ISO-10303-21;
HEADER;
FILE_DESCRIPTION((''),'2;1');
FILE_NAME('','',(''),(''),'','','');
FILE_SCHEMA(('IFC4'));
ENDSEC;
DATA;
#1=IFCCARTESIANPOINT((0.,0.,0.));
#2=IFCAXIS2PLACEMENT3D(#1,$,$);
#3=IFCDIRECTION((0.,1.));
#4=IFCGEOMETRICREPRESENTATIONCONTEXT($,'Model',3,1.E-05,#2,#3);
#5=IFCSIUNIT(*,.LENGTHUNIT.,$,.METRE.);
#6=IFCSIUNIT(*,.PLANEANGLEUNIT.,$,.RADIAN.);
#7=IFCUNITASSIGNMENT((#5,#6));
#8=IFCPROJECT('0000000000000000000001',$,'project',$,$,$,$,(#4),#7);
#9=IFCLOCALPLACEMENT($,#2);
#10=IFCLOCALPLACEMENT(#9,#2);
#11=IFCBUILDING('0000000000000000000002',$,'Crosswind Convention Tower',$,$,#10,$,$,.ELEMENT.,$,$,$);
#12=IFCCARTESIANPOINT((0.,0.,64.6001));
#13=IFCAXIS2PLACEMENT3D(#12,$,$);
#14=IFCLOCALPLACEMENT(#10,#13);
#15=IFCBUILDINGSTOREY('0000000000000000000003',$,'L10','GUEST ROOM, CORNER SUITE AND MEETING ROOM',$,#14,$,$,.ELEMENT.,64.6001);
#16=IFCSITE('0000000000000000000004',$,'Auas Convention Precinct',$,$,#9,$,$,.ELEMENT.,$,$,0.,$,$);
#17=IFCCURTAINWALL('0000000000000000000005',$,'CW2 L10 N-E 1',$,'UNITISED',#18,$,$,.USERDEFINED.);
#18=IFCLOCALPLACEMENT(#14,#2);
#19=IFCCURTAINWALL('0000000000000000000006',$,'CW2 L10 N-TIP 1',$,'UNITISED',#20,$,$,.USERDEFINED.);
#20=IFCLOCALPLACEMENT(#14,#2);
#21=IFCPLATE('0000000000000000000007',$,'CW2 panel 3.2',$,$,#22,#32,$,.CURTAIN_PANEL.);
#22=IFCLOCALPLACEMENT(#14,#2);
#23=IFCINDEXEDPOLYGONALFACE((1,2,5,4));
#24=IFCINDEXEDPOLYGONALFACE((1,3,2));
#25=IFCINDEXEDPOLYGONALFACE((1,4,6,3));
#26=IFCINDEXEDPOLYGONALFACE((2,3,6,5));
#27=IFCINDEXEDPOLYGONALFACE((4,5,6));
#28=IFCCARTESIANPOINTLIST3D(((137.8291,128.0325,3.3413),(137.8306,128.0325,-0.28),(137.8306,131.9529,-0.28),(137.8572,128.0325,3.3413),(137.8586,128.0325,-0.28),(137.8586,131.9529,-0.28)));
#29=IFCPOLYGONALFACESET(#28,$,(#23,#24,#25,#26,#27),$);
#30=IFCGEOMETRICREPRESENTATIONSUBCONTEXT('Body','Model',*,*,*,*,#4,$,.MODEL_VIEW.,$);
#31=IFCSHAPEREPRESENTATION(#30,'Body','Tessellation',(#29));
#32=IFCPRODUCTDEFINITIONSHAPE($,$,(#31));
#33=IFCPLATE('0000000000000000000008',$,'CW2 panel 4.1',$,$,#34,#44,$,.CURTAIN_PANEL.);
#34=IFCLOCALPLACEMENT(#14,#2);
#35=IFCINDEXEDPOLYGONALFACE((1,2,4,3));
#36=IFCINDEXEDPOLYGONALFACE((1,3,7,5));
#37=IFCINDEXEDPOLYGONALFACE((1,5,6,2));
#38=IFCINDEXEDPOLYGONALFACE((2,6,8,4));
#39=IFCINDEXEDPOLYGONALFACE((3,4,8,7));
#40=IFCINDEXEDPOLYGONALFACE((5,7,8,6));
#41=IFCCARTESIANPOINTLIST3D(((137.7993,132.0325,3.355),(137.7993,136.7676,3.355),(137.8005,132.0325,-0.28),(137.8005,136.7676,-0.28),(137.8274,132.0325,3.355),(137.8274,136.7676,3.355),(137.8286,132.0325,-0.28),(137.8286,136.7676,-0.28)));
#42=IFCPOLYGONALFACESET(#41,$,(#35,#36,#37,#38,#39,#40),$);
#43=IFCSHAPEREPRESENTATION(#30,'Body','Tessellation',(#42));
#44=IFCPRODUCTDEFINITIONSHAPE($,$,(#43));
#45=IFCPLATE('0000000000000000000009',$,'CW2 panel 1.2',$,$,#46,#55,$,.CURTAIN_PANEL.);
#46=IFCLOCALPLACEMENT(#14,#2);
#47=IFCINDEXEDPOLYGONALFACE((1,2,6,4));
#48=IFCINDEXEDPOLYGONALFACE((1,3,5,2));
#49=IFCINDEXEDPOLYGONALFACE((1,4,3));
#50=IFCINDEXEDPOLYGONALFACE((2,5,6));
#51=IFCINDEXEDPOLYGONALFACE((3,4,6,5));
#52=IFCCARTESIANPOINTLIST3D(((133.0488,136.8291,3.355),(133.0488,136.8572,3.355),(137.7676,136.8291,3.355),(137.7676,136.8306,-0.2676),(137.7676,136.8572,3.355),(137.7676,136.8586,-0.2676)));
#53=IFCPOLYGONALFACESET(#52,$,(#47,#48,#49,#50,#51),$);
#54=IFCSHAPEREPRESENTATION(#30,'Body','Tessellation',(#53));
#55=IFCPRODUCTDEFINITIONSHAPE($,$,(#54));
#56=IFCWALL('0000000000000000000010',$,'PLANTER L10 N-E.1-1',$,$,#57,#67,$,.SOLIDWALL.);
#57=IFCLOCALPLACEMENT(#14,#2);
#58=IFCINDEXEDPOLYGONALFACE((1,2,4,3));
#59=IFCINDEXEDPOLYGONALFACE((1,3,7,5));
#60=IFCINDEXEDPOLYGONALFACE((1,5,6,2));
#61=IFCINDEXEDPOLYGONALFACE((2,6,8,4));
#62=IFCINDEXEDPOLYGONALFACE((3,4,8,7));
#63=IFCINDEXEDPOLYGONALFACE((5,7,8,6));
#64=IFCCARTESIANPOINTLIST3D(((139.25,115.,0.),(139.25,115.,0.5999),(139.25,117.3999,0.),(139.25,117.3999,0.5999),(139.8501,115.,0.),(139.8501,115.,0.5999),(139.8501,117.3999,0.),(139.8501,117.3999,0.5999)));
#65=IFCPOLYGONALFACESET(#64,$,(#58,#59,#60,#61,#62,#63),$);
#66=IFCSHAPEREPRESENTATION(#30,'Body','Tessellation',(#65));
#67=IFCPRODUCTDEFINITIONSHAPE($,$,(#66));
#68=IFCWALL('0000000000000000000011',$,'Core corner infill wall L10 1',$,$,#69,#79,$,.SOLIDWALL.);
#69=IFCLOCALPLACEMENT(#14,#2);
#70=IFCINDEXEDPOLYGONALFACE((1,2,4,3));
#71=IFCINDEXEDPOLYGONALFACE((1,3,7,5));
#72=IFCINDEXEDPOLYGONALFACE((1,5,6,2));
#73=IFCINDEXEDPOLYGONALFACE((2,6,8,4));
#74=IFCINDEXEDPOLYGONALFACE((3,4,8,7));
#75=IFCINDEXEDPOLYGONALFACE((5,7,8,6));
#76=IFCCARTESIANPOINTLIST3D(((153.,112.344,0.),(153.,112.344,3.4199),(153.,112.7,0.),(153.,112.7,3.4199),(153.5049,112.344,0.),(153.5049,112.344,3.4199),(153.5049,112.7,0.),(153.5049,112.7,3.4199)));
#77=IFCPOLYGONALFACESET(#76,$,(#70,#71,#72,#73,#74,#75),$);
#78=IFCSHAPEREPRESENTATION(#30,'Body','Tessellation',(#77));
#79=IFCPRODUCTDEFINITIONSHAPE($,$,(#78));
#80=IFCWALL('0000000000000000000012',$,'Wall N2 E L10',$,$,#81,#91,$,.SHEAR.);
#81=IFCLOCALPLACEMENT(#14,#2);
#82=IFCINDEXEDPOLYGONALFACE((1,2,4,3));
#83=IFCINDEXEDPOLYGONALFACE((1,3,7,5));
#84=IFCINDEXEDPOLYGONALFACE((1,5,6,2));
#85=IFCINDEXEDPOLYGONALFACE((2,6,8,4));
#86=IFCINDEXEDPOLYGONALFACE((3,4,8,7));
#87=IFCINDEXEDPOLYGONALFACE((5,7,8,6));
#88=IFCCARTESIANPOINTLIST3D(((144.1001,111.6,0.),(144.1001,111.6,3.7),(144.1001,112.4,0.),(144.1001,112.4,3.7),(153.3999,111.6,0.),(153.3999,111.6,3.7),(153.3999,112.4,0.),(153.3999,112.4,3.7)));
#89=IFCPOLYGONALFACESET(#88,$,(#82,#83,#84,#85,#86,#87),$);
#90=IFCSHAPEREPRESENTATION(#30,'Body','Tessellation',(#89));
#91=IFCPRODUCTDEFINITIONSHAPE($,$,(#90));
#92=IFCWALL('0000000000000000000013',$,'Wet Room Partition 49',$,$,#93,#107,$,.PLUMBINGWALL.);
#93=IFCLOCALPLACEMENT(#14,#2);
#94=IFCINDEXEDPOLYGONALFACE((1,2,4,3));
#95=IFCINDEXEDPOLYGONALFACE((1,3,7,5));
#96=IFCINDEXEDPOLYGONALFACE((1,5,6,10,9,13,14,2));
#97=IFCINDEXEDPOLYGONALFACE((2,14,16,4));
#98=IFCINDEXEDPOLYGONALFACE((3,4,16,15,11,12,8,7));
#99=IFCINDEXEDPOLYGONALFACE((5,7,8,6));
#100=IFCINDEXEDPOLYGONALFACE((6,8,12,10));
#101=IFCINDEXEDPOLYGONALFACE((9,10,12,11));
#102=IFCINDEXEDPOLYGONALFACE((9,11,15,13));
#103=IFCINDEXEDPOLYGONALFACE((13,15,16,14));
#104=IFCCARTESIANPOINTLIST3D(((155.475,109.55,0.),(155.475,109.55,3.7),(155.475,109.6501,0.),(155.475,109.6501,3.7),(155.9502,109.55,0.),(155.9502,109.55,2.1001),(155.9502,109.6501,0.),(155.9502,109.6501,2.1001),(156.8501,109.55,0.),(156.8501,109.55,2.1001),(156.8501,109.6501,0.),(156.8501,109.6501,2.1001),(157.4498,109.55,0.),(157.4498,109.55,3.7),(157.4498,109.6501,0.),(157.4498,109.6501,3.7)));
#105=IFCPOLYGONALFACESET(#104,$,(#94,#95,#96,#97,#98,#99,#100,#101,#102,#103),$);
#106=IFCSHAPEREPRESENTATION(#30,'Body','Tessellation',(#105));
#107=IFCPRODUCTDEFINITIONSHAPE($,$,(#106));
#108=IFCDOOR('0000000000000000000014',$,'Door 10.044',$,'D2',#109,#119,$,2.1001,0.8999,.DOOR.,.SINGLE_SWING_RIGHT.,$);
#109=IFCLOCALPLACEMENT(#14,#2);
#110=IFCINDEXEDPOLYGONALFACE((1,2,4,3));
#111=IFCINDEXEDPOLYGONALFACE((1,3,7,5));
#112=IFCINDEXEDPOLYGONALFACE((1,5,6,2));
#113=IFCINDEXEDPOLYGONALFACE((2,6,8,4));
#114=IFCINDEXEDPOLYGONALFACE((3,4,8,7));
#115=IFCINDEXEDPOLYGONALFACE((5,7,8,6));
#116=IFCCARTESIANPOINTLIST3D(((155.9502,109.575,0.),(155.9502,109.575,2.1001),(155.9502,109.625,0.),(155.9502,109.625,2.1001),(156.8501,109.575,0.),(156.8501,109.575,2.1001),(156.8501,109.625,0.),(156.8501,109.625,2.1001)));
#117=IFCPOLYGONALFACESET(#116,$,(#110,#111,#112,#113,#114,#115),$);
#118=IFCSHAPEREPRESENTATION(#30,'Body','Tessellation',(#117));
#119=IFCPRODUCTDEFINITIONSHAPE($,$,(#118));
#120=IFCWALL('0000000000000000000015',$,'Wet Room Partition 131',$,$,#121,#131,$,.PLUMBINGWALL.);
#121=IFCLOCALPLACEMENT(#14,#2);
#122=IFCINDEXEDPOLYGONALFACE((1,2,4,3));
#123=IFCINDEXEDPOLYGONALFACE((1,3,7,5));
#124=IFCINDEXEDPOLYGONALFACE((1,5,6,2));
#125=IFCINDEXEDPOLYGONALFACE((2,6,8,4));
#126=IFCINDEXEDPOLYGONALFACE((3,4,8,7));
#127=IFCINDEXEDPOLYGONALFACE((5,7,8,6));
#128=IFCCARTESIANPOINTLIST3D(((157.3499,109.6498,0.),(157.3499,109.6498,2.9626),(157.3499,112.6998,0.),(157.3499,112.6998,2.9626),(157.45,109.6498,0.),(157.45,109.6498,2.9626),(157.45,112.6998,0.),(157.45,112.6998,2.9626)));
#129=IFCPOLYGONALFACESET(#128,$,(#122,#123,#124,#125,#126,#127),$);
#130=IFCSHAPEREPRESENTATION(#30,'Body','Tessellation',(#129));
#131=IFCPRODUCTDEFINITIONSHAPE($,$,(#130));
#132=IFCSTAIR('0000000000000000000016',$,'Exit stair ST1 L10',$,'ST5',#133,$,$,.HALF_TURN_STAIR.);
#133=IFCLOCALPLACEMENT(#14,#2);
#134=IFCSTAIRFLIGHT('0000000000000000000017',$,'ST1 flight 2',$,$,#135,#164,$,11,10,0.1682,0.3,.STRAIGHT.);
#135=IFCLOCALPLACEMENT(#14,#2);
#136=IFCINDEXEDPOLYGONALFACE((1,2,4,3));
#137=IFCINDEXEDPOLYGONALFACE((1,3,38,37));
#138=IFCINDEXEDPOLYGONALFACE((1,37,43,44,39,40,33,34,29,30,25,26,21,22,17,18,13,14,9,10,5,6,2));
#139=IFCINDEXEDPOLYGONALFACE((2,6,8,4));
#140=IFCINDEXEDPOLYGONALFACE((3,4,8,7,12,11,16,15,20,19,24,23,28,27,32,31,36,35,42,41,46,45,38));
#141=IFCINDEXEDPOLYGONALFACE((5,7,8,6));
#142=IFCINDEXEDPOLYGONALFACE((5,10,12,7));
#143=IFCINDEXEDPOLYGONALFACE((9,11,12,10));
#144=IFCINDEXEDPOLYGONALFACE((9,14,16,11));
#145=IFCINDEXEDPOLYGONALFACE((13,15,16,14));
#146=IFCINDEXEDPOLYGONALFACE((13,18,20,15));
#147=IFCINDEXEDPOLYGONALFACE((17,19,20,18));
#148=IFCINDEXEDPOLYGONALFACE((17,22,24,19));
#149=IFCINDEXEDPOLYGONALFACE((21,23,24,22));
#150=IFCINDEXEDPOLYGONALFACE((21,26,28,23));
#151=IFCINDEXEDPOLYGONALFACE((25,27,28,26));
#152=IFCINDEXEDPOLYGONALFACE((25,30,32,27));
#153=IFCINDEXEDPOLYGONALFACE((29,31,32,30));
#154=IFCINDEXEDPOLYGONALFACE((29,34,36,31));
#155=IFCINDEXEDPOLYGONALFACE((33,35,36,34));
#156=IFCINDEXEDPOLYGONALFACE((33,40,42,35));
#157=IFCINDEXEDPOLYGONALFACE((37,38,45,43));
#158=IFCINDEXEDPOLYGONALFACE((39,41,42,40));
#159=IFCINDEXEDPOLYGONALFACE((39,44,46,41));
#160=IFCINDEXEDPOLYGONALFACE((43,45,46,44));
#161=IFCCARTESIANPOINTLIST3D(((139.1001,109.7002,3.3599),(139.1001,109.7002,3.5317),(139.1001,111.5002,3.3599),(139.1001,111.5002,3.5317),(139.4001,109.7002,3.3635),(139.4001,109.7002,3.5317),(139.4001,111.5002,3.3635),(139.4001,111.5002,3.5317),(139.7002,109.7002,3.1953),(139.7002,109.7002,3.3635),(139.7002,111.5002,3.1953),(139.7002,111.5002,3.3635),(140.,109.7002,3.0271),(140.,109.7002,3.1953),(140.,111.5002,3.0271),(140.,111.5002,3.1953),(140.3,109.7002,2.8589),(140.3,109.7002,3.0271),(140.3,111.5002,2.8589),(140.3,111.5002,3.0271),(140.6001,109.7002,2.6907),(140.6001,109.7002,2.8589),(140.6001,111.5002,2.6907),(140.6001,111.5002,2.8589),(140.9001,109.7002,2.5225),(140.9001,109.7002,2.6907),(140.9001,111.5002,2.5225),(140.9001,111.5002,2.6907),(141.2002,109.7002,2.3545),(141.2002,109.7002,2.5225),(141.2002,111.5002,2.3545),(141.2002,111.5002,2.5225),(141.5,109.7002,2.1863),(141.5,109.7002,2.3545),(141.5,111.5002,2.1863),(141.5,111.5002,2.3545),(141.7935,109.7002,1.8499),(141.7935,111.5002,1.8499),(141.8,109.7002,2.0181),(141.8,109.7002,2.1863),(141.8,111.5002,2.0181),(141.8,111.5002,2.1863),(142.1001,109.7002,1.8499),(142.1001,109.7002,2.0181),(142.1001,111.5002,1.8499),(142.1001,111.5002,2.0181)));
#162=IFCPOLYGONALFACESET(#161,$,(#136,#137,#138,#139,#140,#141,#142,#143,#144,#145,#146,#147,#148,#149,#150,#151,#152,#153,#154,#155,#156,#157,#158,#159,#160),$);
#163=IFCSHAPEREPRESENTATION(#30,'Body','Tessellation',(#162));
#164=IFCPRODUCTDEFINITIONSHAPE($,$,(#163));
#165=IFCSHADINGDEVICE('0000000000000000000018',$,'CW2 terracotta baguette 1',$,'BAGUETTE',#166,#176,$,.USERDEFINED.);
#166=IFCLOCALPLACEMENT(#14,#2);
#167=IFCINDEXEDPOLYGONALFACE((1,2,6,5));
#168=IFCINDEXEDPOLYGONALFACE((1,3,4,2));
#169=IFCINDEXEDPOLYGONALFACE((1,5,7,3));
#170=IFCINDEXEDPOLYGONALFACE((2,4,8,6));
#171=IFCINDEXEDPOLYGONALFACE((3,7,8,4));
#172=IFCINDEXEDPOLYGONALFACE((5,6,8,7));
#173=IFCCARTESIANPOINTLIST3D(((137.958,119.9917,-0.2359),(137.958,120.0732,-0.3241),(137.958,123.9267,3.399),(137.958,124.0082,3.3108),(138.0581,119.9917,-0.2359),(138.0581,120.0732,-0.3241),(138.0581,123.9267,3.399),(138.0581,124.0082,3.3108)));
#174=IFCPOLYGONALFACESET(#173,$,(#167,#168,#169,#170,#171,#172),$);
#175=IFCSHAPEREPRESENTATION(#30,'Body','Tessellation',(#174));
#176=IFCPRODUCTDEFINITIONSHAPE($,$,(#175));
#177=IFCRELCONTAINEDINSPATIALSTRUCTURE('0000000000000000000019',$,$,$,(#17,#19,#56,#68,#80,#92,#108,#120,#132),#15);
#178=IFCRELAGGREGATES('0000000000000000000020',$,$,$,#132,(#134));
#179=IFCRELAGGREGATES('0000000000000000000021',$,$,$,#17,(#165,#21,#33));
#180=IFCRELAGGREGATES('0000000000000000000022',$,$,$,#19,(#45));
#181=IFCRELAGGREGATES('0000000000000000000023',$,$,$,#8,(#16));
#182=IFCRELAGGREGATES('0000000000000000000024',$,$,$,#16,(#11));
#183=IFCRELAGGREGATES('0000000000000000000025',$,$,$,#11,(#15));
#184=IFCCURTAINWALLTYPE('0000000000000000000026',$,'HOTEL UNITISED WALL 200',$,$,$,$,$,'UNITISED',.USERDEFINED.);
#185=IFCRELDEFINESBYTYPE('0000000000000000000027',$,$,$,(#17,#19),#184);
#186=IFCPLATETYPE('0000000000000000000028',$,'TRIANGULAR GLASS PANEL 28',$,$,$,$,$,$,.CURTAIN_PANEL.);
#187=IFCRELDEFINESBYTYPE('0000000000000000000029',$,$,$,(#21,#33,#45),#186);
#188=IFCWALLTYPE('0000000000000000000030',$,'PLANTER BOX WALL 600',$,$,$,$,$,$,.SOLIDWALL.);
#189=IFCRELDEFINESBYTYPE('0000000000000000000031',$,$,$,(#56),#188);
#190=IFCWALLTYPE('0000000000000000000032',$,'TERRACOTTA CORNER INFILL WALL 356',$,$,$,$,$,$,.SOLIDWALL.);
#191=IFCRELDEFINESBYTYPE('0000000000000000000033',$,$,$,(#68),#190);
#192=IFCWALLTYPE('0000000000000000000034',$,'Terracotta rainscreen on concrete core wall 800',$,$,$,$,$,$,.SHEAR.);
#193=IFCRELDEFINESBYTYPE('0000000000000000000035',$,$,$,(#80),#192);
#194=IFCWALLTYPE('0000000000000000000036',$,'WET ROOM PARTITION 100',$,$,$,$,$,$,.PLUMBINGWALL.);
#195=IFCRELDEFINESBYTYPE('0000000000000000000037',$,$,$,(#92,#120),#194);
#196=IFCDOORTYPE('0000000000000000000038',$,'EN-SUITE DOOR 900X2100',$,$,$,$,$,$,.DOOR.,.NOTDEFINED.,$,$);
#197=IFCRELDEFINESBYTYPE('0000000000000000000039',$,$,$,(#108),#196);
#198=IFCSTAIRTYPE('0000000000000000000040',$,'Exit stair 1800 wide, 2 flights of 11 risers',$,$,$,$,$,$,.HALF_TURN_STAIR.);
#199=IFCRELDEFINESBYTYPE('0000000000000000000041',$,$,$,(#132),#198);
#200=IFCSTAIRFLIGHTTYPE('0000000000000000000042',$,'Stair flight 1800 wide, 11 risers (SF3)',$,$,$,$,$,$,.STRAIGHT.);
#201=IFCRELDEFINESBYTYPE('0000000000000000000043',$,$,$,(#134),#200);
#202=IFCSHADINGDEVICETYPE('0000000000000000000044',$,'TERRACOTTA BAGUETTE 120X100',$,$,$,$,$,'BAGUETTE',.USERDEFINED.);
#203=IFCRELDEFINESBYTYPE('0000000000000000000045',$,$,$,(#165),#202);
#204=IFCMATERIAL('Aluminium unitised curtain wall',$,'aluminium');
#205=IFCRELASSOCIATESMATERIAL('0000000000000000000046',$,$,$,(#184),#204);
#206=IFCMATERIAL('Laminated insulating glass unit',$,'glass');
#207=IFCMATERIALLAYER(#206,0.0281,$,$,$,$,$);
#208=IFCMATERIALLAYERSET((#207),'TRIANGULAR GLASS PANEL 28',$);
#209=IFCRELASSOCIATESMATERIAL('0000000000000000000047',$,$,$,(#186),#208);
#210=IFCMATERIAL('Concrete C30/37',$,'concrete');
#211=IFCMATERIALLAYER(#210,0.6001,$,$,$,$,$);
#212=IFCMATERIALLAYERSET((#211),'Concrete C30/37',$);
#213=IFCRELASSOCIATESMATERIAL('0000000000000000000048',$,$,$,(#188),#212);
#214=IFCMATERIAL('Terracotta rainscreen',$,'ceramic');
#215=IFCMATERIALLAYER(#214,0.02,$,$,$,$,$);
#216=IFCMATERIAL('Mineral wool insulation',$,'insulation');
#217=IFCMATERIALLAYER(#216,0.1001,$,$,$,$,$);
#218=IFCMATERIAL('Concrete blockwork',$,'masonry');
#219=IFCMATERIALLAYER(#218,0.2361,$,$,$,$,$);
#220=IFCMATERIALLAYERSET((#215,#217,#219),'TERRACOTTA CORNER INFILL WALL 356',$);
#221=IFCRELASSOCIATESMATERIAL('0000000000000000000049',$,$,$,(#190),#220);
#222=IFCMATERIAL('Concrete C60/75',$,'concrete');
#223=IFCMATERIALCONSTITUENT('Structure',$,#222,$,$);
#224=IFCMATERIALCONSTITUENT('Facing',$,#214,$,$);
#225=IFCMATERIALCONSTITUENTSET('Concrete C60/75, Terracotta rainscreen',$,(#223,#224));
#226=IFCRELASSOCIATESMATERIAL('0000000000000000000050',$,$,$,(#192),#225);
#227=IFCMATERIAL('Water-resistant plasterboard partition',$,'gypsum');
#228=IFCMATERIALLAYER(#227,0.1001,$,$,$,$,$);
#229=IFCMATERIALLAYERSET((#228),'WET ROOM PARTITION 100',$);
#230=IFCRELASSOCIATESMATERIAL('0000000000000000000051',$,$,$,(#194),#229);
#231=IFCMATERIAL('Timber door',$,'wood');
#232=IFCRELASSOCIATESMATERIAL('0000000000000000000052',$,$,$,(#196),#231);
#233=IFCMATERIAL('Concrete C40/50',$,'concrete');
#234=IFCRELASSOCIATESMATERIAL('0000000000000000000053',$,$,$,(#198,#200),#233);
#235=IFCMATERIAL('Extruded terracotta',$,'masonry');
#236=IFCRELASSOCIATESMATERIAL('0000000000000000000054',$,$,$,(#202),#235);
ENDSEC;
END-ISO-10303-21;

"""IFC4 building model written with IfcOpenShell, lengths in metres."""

from ifc_helpers import new_model, si_unit, direction, frame, frame_2d, origin, origin_2d, place, context, subcontext, project, spatial, polyline, rectangle, outline, extrude, material, layer, layer_set, constituent, constituent_set, material_profile, profile_set, type_object, element, fill, aggregate, save


model = new_model("IFC4")

# Units and contexts
model_context = context("Model", 3, precision=1e-05, world=origin(), true_north=direction((0.0, 1.0)))
body_context = subcontext(model_context, "Body", "Model", "MODEL_VIEW")
ifc_project = project(units=[si_unit("LENGTHUNIT", "METRE"), si_unit("PLANEANGLEUNIT", "RADIAN")], contexts=[model_context])

# Site, building, storey
site_placement = place(None, origin())
site = spatial("IfcSite", under=ifc_project, at=site_placement, Name="Auas Convention Precinct", CompositionType="ELEMENT", RefElevation=0.0)
building_placement = place(site_placement, origin())
building = spatial("IfcBuilding", under=site, at=building_placement, Name="Crosswind Convention Tower", CompositionType="ELEMENT")
storey_placement = place(building_placement, frame((0.0, 0.0, 64.6001)))
storey = spatial("IfcBuildingStorey", under=building, at=storey_placement, Name="L10", Description="GUEST ROOM, CORNER SUITE AND MEETING ROOM", CompositionType="ELEMENT", Elevation=64.6001)

# Shared definitions
ifc_material_1 = material(Name="Concrete C60/75", Category="concrete")

# Shared definitions
ifc_material_2 = material(Name="Aluminium unitised curtain wall", Category="aluminium")

# Shared definitions
curtain_wall_type_1 = type_object("IfcCurtainWallType", Name="HOTEL UNITISED WALL 200", ElementType="UNITISED", PredefinedType="USERDEFINED", material=ifc_material_2)

# Curtain wall
curtain_wall_1_placement = place(storey_placement, origin())
curtain_wall_1 = element("IfcCurtainWall", 1, at=curtain_wall_1_placement, inside=storey, type_object=curtain_wall_type_1, Name="CW2 L10 N-E 1", ObjectType="UNITISED", PredefinedType="USERDEFINED")

# Curtain wall
curtain_wall_2_placement = place(storey_placement, origin())
curtain_wall_2 = element("IfcCurtainWall", 2, at=curtain_wall_2_placement, inside=storey, type_object=curtain_wall_type_1, Name="CW2 L10 N-TIP 1", ObjectType="UNITISED", PredefinedType="USERDEFINED")

# Plates
ifc_material_3 = material(Name="Laminated insulating glass unit", Category="glass")
ifc_layer_1 = layer(ifc_material_3, 0.0281)
ifc_layer_set_1 = layer_set([ifc_layer_1], Name="TRIANGULAR GLASS PANEL 28")
plate_type_1 = type_object("IfcPlateType", Name="TRIANGULAR GLASS PANEL 28", PredefinedType="CURTAIN_PANEL", material=ifc_layer_set_1)
plate_1_placement = place(storey_placement, frame((137.8586, 128.0325, -0.28), z_axis=(1.0, 0.0, 0.000405), x_axis=(0.0, 1.0, 0.0)))
plate_1 = element("IfcPlate", 3, at=plate_1_placement, type_object=plate_type_1, Name="CW2 panel 3.2", PredefinedType="CURTAIN_PANEL", context=body_context, shape_type="SweptSolid", body=[
    extrude(outline(polyline([(0.0, 0.0), (3.9204, 0.0), (0.0, 3.6213), (0.0, 0.0)])), origin(), (0.0, 0.0, -1.0), 0.0281),
])
plate_2_placement = place(storey_placement, frame((137.8286, 132.0325, -0.28), z_axis=(1.0, 0.0, 0.000336), x_axis=(0.0, 1.0, 0.0)))
plate_2 = element("IfcPlate", 4, at=plate_2_placement, type_object=plate_type_1, Name="CW2 panel 4.1", PredefinedType="CURTAIN_PANEL", context=body_context, shape_type="SweptSolid", body=[
    extrude(outline(polyline([(0.0, 0.0), (4.7351, 0.0), (4.7351, 3.635), (0.0, 3.635), (0.0, 0.0)])), origin(), (0.0, 0.0, -1.0), 0.0281),
])
plate_3_placement = place(storey_placement, frame((137.7676, 136.8572, 3.355), z_axis=(0.0, 1.0, 0.000404), x_axis=(0.0, 0.000404, -1.0)))
plate_3 = element("IfcPlate", 5, at=plate_3_placement, type_object=plate_type_1, Name="CW2 panel 1.2", PredefinedType="CURTAIN_PANEL", context=body_context, shape_type="SweptSolid", body=[
    extrude(outline(polyline([(0.0, 0.0), (3.6226, 0.0), (0.0, 4.7187), (0.0, 0.0)])), origin(), (0.0, 0.0, -1.0), 0.0281),
])

# Walls
ifc_material_4 = material(Name="Concrete C30/37", Category="concrete")
ifc_layer_2 = layer(ifc_material_4, 0.6001)
ifc_layer_set_2 = layer_set([ifc_layer_2], Name="Concrete C30/37")
wall_type_1 = type_object("IfcWallType", Name="PLANTER BOX WALL 600", PredefinedType="SOLIDWALL", material=ifc_layer_set_2)
wall_1_placement = place(storey_placement, frame((139.55, 115.0, 0.0), z_axis=(0.0, 0.0, 1.0), x_axis=(0.0, 1.0, 0.0)))
element("IfcWall", 6, at=wall_1_placement, inside=storey, type_object=wall_type_1, Name="PLANTER L10 N-E.1-1", PredefinedType="SOLIDWALL", context=body_context, shape_type="SweptSolid", body=[
    extrude(rectangle(XDim=2.3999, YDim=0.6001, at=frame_2d((1.2, 0.0))), origin(), (0.0, 0.0, 1.0), 0.5999),
])
ifc_material_5 = material(Name="Terracotta rainscreen", Category="ceramic")
ifc_layer_3 = layer(ifc_material_5, 0.02)
ifc_material_6 = material(Name="Mineral wool insulation", Category="insulation")
ifc_layer_4 = layer(ifc_material_6, 0.1001)
ifc_material_7 = material(Name="Concrete blockwork", Category="masonry")
ifc_layer_5 = layer(ifc_material_7, 0.2361)
ifc_layer_set_3 = layer_set([ifc_layer_3, ifc_layer_4, ifc_layer_5], Name="TERRACOTTA CORNER INFILL WALL 356")
wall_type_2 = type_object("IfcWallType", Name="TERRACOTTA CORNER INFILL WALL 356", PredefinedType="SOLIDWALL", material=ifc_layer_set_3)
wall_2_placement = place(storey_placement, frame((153.0, 112.522, 0.0), z_axis=(0.0, 0.0, 1.0), x_axis=(1.0, 0.0, 0.0)))
element("IfcWall", 7, at=wall_2_placement, inside=storey, type_object=wall_type_2, Name="Core corner infill wall L10 1", PredefinedType="SOLIDWALL", context=body_context, shape_type="SweptSolid", body=[
    extrude(rectangle(XDim=0.5049, YDim=0.356, at=frame_2d((0.2524, 0.0))), origin(), (0.0, 0.0, 1.0), 3.4199),
])

# Wall
ifc_constituent_1 = constituent(ifc_material_1, Name="Structure")
ifc_constituent_2 = constituent(ifc_material_5, Name="Facing")
ifc_constituent_set = constituent_set(constituents=[ifc_constituent_1, ifc_constituent_2], Name="Concrete C60/75, Terracotta rainscreen")
wall_type_3 = type_object("IfcWallType", Name="Terracotta rainscreen on concrete core wall 800", PredefinedType="SHEAR", material=ifc_constituent_set)
wall_3_placement = place(storey_placement, frame((144.1001, 112.0, 0.0), z_axis=(0.0, 0.0, 1.0), x_axis=(1.0, 0.0, 0.0)))
element("IfcWall", 8, at=wall_3_placement, inside=storey, type_object=wall_type_3, Name="Wall N2 E L10", PredefinedType="SHEAR", context=body_context, shape_type="SweptSolid", body=[
    extrude(rectangle(XDim=9.2998, YDim=0.8, at=frame_2d((4.6499, 0.0))), origin(), (0.0, 0.0, 1.0), 3.7),
])

# Wall, opening, door
ifc_material_8 = material(Name="Water-resistant plasterboard partition", Category="gypsum")
ifc_layer_6 = layer(ifc_material_8, 0.1001)
ifc_layer_set_4 = layer_set([ifc_layer_6], Name="WET ROOM PARTITION 100")
wall_type_4 = type_object("IfcWallType", Name="WET ROOM PARTITION 100", PredefinedType="PLUMBINGWALL", material=ifc_layer_set_4)
wall_4_placement = place(storey_placement, frame((155.4751, 109.6001, 0.0), z_axis=(0.0, 0.0, 1.0), x_axis=(1.0, 0.0, 0.0)))
wall_4 = element("IfcWall", 9, at=wall_4_placement, inside=storey, type_object=wall_type_4, Name="Wet Room Partition 49", PredefinedType="PLUMBINGWALL", context=body_context, shape_type="SweptSolid", body=[
    extrude(rectangle(XDim=1.9749, YDim=0.1001, at=frame_2d((0.9873, 0.0))), origin(), (0.0, 0.0, 1.0), 3.7),
])
opening_1_placement = place(wall_4_placement, frame((0.4751, 0.0, 0.0)))
opening_1 = element("IfcOpeningElement", 10, at=opening_1_placement, cuts=wall_4, PredefinedType="OPENING", context=body_context, shape_type="SweptSolid", body=[
    extrude(rectangle(XDim=0.8999, YDim=2.1001, at=frame_2d((0.45, 1.05))), frame((0.0, 0.0601, 0.0), z_axis=(0.0, -1.0, 0.0), x_axis=(1.0, 0.0, 0.0)), (0.0, 0.0, 1.0), 0.1201),
])
ifc_material_9 = material(Name="Timber door", Category="wood")
door_type_1 = type_object("IfcDoorType", Name="EN-SUITE DOOR 900X2100", OperationType="NOTDEFINED", PredefinedType="DOOR", material=ifc_material_9)
door_1_placement = place(opening_1_placement, origin())
door_1 = element("IfcDoor", 11, at=door_1_placement, inside=storey, type_object=door_type_1, Name="Door 10.044", ObjectType="D2", OperationType="SINGLE_SWING_RIGHT", OverallHeight=2.1001, OverallWidth=0.8999, PredefinedType="DOOR", context=body_context, shape_type="SweptSolid", body=[
    extrude(rectangle(XDim=0.8999, YDim=2.1001, at=frame_2d((0.45, 1.05))), frame((0.0, 0.0249, 0.0), z_axis=(0.0, -1.0, 0.0), x_axis=(1.0, 0.0, 0.0)), (0.0, 0.0, 1.0), 0.05),
])
fill(opening_1, door_1)

# Wall
wall_5_placement = place(storey_placement, frame((157.3999, 109.6499, 0.0), z_axis=(0.0, 0.0, 1.0), x_axis=(0.0, 1.0, 0.0)))
element("IfcWall", 12, at=wall_5_placement, inside=storey, type_object=wall_type_4, Name="Wet Room Partition 131", PredefinedType="PLUMBINGWALL", context=body_context, shape_type="SweptSolid", body=[
    extrude(rectangle(XDim=3.05, YDim=0.1001, at=frame_2d((1.5249, 0.0))), origin(), (0.0, 0.0, 1.0), 2.9626),
])

# Stair, stair flight
ifc_material_10 = material(Name="Concrete C40/50", Category="concrete")
stair_type = type_object("IfcStairType", Name="Exit stair 1800 wide, 2 flights of 11 risers", PredefinedType="HALF_TURN_STAIR", material=ifc_material_10)
stair_placement = place(storey_placement, origin())
stair = element("IfcStair", 13, at=stair_placement, inside=storey, type_object=stair_type, Name="Exit stair ST1 L10", ObjectType="ST5", PredefinedType="HALF_TURN_STAIR")
stair_flight_type = type_object("IfcStairFlightType", Name="Stair flight 1800 wide, 11 risers (SF3)", PredefinedType="STRAIGHT", material=ifc_material_10)
stair_flight_placement = place(storey_placement, frame((142.1001, 110.6001, 1.8499), z_axis=(0.0, 0.0, 1.0), x_axis=(-1.0, 0.0, 0.0)))
stair_flight = element("IfcStairFlight", 14, at=stair_flight_placement, type_object=stair_flight_type, Name="ST1 flight 2", NumberOfRisers=11, NumberOfTreads=10, PredefinedType="STRAIGHT", RiserHeight=0.1682, TreadLength=0.3, context=body_context, shape_type="SweptSolid", body=[
    extrude(outline(polyline([(0.0, 0.0), (0.0, 0.1682), (0.3, 0.1682), (0.3, 0.3364), (0.6001, 0.3364), (0.6001, 0.5046), (0.8999, 0.5046), (0.8999, 0.6726), (1.2, 0.6726), (1.2, 0.8408), (1.5, 0.8408), (1.5, 1.009), (1.8, 1.009), (1.8, 1.1772), (2.1001, 1.1772), (2.1001, 1.3455), (2.3999, 1.3455), (2.3999, 1.5137), (2.7, 1.5137), (2.7, 1.6819), (3.0, 1.6819), (3.0, 1.8501), (3.0, 1.51), (0.3066, 0.0), (0.0, 0.0)])), frame((0.0, 0.8999, 0.0), z_axis=(0.0, -1.0, 0.0), x_axis=(1.0, 0.0, 0.0)), (0.0, 0.0, 1.0), 1.8),
])
aggregate(stair, [stair_flight])

# Shading device
ifc_material_11 = material(Name="Extruded terracotta", Category="masonry")
ifc_material_profile_1 = material_profile(ifc_material_11, rectangle(XDim=0.1001, YDim=0.1201, at=origin_2d()), Name="TC 100X120")
ifc_profile_set_1 = profile_set([ifc_material_profile_1], Name="Extruded terracotta")
shading_device_type = type_object("IfcShadingDeviceType", Name="TERRACOTTA BAGUETTE 120X100", ElementType="BAGUETTE", PredefinedType="USERDEFINED", material=ifc_profile_set_1)
shading_device_1_placement = place(storey_placement, frame((138.0081, 120.0325, -0.28), z_axis=(0.0, 0.734557, 0.678547), x_axis=(-1.0, 0.0, 0.0)))
shading_device_1 = element("IfcShadingDevice", 15, at=shading_device_1_placement, type_object=shading_device_type, Name="CW2 terracotta baguette 1", ObjectType="BAGUETTE", PredefinedType="USERDEFINED", context=body_context, shape_type="SweptSolid", body=[
    extrude(rectangle(XDim=0.1001, YDim=0.1201, at=origin_2d()), origin(), (0.0, 0.0, 1.0), 5.3569),
])
aggregate(curtain_wall_1, [shading_device_1, plate_1, plate_2])
aggregate(curtain_wall_2, [plate_3])

save(model, "model.ifc")
